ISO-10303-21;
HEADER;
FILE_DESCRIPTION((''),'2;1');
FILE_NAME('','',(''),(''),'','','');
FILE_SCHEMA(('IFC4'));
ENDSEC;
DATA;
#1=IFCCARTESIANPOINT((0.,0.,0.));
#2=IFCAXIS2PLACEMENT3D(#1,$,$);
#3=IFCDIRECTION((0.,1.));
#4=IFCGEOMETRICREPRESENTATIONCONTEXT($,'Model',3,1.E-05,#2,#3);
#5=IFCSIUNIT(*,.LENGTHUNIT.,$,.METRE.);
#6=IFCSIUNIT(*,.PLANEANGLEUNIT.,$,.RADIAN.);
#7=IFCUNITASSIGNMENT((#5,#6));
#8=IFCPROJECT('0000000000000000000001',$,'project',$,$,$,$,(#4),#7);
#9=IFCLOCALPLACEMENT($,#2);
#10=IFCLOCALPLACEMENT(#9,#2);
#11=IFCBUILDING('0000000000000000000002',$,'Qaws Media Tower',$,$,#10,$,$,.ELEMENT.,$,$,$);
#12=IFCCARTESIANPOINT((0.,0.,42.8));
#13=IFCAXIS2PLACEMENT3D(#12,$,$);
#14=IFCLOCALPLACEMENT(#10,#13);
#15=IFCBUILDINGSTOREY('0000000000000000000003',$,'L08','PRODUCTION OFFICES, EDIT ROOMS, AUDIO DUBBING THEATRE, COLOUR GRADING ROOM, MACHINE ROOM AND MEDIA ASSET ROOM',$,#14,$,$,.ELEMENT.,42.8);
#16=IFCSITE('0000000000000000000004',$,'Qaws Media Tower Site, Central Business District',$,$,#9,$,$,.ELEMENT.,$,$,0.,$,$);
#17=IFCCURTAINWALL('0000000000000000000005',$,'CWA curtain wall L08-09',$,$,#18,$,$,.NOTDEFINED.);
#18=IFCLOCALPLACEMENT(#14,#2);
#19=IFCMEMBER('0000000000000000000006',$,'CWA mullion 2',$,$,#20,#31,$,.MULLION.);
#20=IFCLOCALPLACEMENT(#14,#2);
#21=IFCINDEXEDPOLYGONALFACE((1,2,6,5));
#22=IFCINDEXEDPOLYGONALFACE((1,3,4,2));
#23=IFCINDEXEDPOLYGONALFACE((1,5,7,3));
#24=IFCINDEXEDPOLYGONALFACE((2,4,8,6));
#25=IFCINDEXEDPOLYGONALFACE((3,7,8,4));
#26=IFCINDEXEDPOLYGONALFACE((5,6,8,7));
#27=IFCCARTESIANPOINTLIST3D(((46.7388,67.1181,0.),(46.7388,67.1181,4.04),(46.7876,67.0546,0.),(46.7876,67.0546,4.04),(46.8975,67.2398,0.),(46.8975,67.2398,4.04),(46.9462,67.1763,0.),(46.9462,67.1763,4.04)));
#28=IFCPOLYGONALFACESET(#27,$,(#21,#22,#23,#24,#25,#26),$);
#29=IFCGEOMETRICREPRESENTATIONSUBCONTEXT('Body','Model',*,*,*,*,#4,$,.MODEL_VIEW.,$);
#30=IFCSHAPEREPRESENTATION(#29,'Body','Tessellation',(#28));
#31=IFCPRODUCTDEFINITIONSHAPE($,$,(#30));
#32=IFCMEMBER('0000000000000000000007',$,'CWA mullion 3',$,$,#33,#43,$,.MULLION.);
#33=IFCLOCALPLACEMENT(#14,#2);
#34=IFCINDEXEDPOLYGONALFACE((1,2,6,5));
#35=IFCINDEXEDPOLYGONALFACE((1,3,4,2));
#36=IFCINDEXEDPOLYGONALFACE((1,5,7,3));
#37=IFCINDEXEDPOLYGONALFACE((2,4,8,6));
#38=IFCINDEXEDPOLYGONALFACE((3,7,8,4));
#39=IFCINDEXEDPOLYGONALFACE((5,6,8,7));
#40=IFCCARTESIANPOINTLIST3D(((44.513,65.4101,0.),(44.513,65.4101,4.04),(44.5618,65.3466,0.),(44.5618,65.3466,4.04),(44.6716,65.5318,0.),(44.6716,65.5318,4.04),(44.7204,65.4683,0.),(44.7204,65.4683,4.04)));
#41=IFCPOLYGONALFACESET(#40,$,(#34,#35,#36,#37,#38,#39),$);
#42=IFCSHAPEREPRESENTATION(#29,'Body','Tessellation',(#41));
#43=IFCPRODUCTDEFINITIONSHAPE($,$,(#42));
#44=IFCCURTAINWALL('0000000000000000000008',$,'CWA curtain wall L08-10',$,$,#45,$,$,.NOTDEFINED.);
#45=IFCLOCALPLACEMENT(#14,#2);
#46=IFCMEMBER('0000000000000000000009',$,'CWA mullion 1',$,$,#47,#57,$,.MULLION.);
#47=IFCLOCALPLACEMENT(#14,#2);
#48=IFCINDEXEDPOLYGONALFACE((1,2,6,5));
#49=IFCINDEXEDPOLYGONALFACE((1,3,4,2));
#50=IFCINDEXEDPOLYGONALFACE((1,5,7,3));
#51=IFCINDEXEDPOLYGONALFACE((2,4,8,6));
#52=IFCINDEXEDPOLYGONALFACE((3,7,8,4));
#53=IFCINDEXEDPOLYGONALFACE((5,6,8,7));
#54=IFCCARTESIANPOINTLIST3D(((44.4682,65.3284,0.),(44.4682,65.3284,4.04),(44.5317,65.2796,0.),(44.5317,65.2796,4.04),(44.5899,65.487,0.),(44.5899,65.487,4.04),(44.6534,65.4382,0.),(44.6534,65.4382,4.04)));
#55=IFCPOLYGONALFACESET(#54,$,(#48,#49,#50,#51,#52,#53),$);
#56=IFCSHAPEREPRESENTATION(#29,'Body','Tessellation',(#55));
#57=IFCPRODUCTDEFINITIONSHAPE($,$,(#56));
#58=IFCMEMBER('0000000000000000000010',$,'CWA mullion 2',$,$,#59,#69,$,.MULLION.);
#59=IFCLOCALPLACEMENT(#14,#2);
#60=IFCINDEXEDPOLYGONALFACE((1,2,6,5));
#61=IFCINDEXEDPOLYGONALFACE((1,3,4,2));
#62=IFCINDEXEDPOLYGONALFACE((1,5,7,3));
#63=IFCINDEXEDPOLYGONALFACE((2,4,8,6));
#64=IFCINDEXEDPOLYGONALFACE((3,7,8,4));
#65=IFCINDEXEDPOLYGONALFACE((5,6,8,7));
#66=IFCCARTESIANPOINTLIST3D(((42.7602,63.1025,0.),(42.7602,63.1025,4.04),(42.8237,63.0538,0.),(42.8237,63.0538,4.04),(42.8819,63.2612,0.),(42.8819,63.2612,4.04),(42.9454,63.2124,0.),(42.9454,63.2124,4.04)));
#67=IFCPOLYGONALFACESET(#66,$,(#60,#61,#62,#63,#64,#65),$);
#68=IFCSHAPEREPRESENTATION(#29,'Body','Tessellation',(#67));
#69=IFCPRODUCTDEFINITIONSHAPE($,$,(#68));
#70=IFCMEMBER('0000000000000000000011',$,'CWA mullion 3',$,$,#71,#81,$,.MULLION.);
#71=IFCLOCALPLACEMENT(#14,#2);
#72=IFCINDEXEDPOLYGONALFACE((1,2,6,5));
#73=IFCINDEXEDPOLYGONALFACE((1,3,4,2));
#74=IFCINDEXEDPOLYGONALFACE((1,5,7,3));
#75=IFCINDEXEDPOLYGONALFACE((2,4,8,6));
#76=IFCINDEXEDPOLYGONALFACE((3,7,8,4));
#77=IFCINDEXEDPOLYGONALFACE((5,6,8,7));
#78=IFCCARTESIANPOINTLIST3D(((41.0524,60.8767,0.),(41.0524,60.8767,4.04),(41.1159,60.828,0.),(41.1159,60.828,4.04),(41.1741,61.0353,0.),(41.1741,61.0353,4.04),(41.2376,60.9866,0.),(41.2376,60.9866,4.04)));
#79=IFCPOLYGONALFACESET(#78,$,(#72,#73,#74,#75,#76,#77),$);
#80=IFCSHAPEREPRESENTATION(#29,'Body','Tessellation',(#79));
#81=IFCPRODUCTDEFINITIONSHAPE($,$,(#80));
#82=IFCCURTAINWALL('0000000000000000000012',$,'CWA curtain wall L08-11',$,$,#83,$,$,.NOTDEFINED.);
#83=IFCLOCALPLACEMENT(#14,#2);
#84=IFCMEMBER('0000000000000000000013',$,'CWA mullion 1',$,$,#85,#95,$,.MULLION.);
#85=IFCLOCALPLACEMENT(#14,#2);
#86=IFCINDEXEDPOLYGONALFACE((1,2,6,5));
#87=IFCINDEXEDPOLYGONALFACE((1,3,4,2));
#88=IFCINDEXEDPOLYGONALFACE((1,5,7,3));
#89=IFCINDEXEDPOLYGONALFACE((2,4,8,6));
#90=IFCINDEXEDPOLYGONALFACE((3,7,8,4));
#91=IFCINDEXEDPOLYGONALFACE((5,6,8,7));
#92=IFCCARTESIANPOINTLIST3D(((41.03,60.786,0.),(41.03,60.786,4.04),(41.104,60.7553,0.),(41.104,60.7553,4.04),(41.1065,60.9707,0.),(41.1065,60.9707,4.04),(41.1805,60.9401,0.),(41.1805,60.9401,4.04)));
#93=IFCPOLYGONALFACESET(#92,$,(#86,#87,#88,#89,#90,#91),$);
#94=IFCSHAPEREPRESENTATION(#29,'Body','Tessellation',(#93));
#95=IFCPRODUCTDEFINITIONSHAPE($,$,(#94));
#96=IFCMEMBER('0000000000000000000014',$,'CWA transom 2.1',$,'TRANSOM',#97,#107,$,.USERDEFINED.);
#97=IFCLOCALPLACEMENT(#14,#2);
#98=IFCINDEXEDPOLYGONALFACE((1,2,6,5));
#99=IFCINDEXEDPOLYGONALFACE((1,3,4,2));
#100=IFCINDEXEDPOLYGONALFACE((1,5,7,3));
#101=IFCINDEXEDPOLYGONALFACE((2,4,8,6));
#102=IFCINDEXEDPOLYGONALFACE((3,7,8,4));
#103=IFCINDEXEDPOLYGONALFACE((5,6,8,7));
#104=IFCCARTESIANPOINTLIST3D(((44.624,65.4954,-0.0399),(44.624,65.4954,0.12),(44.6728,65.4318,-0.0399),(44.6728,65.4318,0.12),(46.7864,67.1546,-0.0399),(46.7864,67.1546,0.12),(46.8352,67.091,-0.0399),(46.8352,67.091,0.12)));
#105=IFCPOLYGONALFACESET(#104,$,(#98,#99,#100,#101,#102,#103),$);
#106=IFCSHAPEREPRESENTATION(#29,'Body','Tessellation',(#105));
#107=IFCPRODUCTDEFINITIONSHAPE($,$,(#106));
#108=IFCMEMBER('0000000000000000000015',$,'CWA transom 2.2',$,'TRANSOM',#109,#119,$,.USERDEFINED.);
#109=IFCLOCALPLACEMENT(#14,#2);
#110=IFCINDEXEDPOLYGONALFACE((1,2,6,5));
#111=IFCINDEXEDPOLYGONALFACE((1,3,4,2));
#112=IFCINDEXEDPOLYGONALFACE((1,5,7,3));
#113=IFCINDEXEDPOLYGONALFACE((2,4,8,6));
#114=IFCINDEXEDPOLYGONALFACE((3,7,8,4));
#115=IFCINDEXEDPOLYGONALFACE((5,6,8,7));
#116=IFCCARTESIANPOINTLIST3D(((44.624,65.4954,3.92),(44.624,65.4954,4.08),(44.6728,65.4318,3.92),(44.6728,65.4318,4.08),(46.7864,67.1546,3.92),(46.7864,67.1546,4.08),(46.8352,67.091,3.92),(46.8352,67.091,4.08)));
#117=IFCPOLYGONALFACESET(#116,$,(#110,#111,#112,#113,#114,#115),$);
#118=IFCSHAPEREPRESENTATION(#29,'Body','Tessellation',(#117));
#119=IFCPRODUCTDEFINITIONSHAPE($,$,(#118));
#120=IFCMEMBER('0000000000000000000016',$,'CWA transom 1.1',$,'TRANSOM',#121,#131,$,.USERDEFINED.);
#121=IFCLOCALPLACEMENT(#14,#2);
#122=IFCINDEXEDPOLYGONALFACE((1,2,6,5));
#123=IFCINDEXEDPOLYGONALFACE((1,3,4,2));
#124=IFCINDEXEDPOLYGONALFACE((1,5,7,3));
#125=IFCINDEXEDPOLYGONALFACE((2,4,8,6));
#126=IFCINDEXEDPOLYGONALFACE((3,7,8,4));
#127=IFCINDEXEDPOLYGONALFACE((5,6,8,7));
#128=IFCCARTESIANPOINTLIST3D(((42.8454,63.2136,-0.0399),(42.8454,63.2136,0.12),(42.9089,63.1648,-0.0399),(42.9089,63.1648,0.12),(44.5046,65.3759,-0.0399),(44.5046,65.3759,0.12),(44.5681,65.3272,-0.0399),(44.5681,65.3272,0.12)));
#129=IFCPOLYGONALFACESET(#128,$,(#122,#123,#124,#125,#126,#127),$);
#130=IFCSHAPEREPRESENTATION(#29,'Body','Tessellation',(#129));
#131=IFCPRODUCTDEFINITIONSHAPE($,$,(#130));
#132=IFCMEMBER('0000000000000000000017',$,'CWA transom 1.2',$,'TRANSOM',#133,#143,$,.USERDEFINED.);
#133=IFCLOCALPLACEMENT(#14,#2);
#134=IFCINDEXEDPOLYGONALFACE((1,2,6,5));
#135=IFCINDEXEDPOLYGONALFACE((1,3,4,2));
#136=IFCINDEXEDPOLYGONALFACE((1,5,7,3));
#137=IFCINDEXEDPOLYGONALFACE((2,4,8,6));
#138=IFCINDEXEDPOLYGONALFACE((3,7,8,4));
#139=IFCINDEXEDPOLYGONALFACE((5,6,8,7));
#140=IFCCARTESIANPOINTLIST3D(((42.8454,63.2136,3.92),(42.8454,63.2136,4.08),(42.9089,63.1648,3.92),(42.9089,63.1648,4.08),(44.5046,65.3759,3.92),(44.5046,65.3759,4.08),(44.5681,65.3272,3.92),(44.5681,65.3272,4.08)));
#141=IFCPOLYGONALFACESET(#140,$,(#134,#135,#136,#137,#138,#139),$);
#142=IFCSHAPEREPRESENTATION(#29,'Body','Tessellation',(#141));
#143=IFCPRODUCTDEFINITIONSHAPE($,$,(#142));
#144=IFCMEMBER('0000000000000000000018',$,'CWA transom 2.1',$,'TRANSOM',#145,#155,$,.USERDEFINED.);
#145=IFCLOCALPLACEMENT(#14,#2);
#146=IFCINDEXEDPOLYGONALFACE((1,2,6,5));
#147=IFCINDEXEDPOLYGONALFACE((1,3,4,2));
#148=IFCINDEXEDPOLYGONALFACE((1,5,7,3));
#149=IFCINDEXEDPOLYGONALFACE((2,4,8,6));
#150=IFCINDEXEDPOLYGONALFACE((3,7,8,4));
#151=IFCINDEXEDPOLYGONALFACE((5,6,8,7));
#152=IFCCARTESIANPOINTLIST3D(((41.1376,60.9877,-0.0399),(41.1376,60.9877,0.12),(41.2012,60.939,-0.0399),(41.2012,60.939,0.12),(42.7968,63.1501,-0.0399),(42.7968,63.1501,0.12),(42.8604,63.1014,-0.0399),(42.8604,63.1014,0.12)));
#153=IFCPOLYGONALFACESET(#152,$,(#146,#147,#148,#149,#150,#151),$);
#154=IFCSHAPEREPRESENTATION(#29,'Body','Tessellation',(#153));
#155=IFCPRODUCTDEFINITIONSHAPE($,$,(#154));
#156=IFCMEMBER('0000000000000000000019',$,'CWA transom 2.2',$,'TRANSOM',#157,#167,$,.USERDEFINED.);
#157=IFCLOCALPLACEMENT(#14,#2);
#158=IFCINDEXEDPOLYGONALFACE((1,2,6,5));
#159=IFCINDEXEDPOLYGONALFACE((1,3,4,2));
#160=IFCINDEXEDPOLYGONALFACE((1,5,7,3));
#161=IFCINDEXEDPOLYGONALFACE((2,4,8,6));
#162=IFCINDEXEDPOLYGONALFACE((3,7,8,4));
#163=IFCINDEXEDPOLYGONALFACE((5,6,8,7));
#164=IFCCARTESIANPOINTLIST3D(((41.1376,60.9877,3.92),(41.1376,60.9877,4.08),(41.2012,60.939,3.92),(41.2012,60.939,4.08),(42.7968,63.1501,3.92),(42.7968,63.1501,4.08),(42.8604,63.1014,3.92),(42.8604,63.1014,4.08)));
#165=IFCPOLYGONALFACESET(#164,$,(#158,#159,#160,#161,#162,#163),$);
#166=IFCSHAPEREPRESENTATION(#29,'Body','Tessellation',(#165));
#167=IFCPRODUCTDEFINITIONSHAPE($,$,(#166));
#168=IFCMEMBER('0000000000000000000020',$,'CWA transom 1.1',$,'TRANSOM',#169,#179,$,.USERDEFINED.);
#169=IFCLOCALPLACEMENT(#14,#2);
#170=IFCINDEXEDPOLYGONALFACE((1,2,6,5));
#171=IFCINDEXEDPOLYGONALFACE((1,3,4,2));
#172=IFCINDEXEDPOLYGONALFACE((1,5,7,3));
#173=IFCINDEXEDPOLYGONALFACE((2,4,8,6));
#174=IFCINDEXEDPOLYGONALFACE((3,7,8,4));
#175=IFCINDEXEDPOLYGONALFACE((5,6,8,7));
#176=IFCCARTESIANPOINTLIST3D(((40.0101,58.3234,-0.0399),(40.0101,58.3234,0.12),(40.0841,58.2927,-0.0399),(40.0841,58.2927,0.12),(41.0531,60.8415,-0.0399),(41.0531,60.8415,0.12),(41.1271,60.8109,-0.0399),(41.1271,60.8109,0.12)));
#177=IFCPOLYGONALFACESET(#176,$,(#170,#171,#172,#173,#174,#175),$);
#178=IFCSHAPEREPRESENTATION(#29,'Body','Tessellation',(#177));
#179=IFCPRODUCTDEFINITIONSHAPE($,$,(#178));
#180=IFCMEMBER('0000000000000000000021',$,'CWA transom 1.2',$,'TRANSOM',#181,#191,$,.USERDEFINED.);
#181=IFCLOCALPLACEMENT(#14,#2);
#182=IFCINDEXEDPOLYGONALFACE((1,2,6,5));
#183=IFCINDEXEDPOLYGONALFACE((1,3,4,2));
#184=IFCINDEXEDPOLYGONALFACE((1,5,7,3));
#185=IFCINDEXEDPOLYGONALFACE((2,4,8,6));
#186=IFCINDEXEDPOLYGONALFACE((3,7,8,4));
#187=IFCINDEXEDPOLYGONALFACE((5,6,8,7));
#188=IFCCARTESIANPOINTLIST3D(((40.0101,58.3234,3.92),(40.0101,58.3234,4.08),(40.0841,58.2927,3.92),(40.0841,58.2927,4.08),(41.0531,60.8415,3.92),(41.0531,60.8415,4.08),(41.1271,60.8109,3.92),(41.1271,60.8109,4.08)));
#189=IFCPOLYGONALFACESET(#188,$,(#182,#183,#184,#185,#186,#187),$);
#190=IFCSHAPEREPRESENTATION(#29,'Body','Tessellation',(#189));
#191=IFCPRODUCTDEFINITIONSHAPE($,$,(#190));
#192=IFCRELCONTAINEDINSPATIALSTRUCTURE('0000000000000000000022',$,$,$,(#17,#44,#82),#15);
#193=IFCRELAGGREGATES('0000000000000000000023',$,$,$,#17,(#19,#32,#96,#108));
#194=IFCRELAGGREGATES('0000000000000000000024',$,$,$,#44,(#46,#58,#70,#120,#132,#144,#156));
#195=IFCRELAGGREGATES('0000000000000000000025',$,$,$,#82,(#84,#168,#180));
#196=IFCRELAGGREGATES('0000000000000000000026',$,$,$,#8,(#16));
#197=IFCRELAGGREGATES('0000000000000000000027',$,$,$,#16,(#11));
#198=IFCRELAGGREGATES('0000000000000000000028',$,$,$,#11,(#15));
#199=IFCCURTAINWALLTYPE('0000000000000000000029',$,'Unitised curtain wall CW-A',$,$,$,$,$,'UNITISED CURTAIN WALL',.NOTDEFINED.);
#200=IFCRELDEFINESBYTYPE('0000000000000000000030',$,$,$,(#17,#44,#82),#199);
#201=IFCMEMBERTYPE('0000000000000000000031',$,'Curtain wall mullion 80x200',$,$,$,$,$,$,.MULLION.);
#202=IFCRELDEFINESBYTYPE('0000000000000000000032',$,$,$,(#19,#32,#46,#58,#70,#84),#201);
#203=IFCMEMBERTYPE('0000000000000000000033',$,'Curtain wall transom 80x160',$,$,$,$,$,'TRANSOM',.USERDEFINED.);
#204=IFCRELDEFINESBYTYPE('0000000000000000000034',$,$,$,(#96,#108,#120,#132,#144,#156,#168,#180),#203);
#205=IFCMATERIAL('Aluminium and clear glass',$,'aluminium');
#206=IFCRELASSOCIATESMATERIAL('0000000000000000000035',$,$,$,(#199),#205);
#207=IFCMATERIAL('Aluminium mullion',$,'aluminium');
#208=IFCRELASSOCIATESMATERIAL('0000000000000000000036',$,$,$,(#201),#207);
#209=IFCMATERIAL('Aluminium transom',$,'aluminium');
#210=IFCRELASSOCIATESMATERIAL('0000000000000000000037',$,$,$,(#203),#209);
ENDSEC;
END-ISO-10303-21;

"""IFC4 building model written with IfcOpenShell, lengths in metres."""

from ifc_helpers import new_model, si_unit, direction, frame, origin, origin_2d, place, context, subcontext, project, spatial, rectangle, extrude, material, material_profile, profile_set, type_object, element, aggregate, save


model = new_model("IFC4")

# Units and contexts
model_context = context("Model", 3, precision=1e-05, world=origin(), true_north=direction((0.0, 1.0)))
body_context = subcontext(model_context, "Body", "Model", "MODEL_VIEW")
ifc_project = project(units=[si_unit("LENGTHUNIT", "METRE"), si_unit("PLANEANGLEUNIT", "RADIAN")], contexts=[model_context])

# Site, building, storey
site_placement = place(None, origin())
site = spatial("IfcSite", under=ifc_project, at=site_placement, Name="Qaws Media Tower Site, Central Business District", CompositionType="ELEMENT", RefElevation=0.0)
building_placement = place(site_placement, origin())
building = spatial("IfcBuilding", under=site, at=building_placement, Name="Qaws Media Tower", CompositionType="ELEMENT")
storey_placement = place(building_placement, frame((0.0, 0.0, 42.8)))
storey = spatial("IfcBuildingStorey", under=building, at=storey_placement, Name="L08", Description="PRODUCTION OFFICES, EDIT ROOMS, AUDIO DUBBING THEATRE, COLOUR GRADING ROOM, MACHINE ROOM AND MEDIA ASSET ROOM", CompositionType="ELEMENT", Elevation=42.8)

# Curtain walls, members
ifc_material_1 = material(Name="Aluminium and clear glass", Category="aluminium")
curtain_wall_type = type_object("IfcCurtainWallType", Name="Unitised curtain wall CW-A", ElementType="UNITISED CURTAIN WALL", PredefinedType="NOTDEFINED", material=ifc_material_1)
curtain_wall_1_placement = place(storey_placement, origin())
curtain_wall_1 = element("IfcCurtainWall", 1, at=curtain_wall_1_placement, inside=storey, type_object=curtain_wall_type, Name="CWA curtain wall L08-09", PredefinedType="NOTDEFINED")
ifc_material_2 = material(Name="Aluminium mullion", Category="aluminium")
ifc_material_profile_1 = material_profile(ifc_material_2, rectangle(XDim=0.0801, YDim=0.2, at=origin_2d()), Name="80x200")
ifc_profile_set_1 = profile_set([ifc_material_profile_1], Name="Aluminium mullion")
member_type_1 = type_object("IfcMemberType", Name="Curtain wall mullion 80x200", PredefinedType="MULLION", material=ifc_profile_set_1)
member_1_placement = place(storey_placement, frame((46.8425, 67.1472, 0.0), z_axis=(0.0, 0.0, 1.0), x_axis=(0.608761, -0.793353, 0.0)))
member_1 = element("IfcMember", 2, at=member_1_placement, type_object=member_type_1, Name="CWA mullion 2", PredefinedType="MULLION", context=body_context, shape_type="SweptSolid", body=[
    extrude(rectangle(XDim=0.0801, YDim=0.2, at=origin_2d()), origin(), (0.0, 0.0, 1.0), 4.04),
])
member_2_placement = place(storey_placement, frame((44.6167, 65.4392, 0.0), z_axis=(0.0, 0.0, 1.0), x_axis=(0.608761, -0.793353, 0.0)))
member_2 = element("IfcMember", 3, at=member_2_placement, type_object=member_type_1, Name="CWA mullion 3", PredefinedType="MULLION", context=body_context, shape_type="SweptSolid", body=[
    extrude(rectangle(XDim=0.0801, YDim=0.2, at=origin_2d()), origin(), (0.0, 0.0, 1.0), 4.04),
])
curtain_wall_2_placement = place(storey_placement, origin())
curtain_wall_2 = element("IfcCurtainWall", 4, at=curtain_wall_2_placement, inside=storey, type_object=curtain_wall_type, Name="CWA curtain wall L08-10", PredefinedType="NOTDEFINED")
member_3_placement = place(storey_placement, frame((44.5608, 65.3833, 0.0), z_axis=(0.0, 0.0, 1.0), x_axis=(0.793353, -0.608761, 0.0)))
member_3 = element("IfcMember", 5, at=member_3_placement, type_object=member_type_1, Name="CWA mullion 1", PredefinedType="MULLION", context=body_context, shape_type="SweptSolid", body=[
    extrude(rectangle(XDim=0.0801, YDim=0.2, at=origin_2d()), origin(), (0.0, 0.0, 1.0), 4.04),
])
member_4_placement = place(storey_placement, frame((42.8528, 63.1575, 0.0), z_axis=(0.0, 0.0, 1.0), x_axis=(0.793353, -0.608761, 0.0)))
member_4 = element("IfcMember", 6, at=member_4_placement, type_object=member_type_1, Name="CWA mullion 2", PredefinedType="MULLION", context=body_context, shape_type="SweptSolid", body=[
    extrude(rectangle(XDim=0.0801, YDim=0.2, at=origin_2d()), origin(), (0.0, 0.0, 1.0), 4.04),
])
member_5_placement = place(storey_placement, frame((41.145, 60.9316, 0.0), z_axis=(0.0, 0.0, 1.0), x_axis=(0.793353, -0.608761, 0.0)))
member_5 = element("IfcMember", 7, at=member_5_placement, type_object=member_type_1, Name="CWA mullion 3", PredefinedType="MULLION", context=body_context, shape_type="SweptSolid", body=[
    extrude(rectangle(XDim=0.0801, YDim=0.2, at=origin_2d()), origin(), (0.0, 0.0, 1.0), 4.04),
])

# Curtain wall, member
curtain_wall_3_placement = place(storey_placement, origin())
curtain_wall_3 = element("IfcCurtainWall", 8, at=curtain_wall_3_placement, inside=storey, type_object=curtain_wall_type, Name="CWA curtain wall L08-11", PredefinedType="NOTDEFINED")
member_6_placement = place(storey_placement, frame((41.1052, 60.863, 0.0), z_axis=(0.0, 0.0, 1.0), x_axis=(0.92388, -0.382683, 0.0)))
member_6 = element("IfcMember", 9, at=member_6_placement, type_object=member_type_1, Name="CWA mullion 1", PredefinedType="MULLION", context=body_context, shape_type="SweptSolid", body=[
    extrude(rectangle(XDim=0.0801, YDim=0.2, at=origin_2d()), origin(), (0.0, 0.0, 1.0), 4.04),
])

# Members
ifc_material_3 = material(Name="Aluminium transom", Category="aluminium")
ifc_material_profile_2 = material_profile(ifc_material_3, rectangle(XDim=0.0801, YDim=0.1599, at=origin_2d()), Name="80x160")
ifc_profile_set_2 = profile_set([ifc_material_profile_2], Name="Aluminium transom")
member_type_2 = type_object("IfcMemberType", Name="Curtain wall transom 80x160", ElementType="TRANSOM", PredefinedType="USERDEFINED", material=ifc_profile_set_2)
member_7_placement = place(storey_placement, frame((46.8108, 67.1228, 0.04), z_axis=(-0.793363, -0.608749, 0.0), x_axis=(0.608749, -0.793363, 0.0)))
member_7 = element("IfcMember", 10, at=member_7_placement, type_object=member_type_2, Name="CWA transom 2.1", ObjectType="TRANSOM", PredefinedType="USERDEFINED", context=body_context, shape_type="SweptSolid", body=[
    extrude(rectangle(XDim=0.0801, YDim=0.1599, at=origin_2d()), origin(), (0.0, 0.0, 1.0), 2.7256),
])
member_8_placement = place(storey_placement, frame((46.8108, 67.1228, 4.0), z_axis=(-0.793363, -0.608749, 0.0), x_axis=(0.608749, -0.793363, 0.0)))
member_8 = element("IfcMember", 11, at=member_8_placement, type_object=member_type_2, Name="CWA transom 2.2", ObjectType="TRANSOM", PredefinedType="USERDEFINED", context=body_context, shape_type="SweptSolid", body=[
    extrude(rectangle(XDim=0.0801, YDim=0.1599, at=origin_2d()), origin(), (0.0, 0.0, 1.0), 2.7256),
])
member_9_placement = place(storey_placement, frame((44.5364, 65.3516, 0.04), z_axis=(-0.608749, -0.793363, 0.0), x_axis=(0.793363, -0.608749, 0.0)))
member_9 = element("IfcMember", 12, at=member_9_placement, type_object=member_type_2, Name="CWA transom 1.1", ObjectType="TRANSOM", PredefinedType="USERDEFINED", context=body_context, shape_type="SweptSolid", body=[
    extrude(rectangle(XDim=0.0801, YDim=0.1599, at=origin_2d()), origin(), (0.0, 0.0, 1.0), 2.7256),
])
member_10_placement = place(storey_placement, frame((44.5364, 65.3516, 4.0), z_axis=(-0.608749, -0.793363, 0.0), x_axis=(0.793363, -0.608749, 0.0)))
member_10 = element("IfcMember", 13, at=member_10_placement, type_object=member_type_2, Name="CWA transom 1.2", ObjectType="TRANSOM", PredefinedType="USERDEFINED", context=body_context, shape_type="SweptSolid", body=[
    extrude(rectangle(XDim=0.0801, YDim=0.1599, at=origin_2d()), origin(), (0.0, 0.0, 1.0), 2.7256),
])
member_11_placement = place(storey_placement, frame((42.8286, 63.1257, 0.04), z_axis=(-0.608749, -0.793363, 0.0), x_axis=(0.793363, -0.608749, 0.0)))
member_11 = element("IfcMember", 14, at=member_11_placement, type_object=member_type_2, Name="CWA transom 2.1", ObjectType="TRANSOM", PredefinedType="USERDEFINED", context=body_context, shape_type="SweptSolid", body=[
    extrude(rectangle(XDim=0.0801, YDim=0.1599, at=origin_2d()), origin(), (0.0, 0.0, 1.0), 2.7256),
])
member_12_placement = place(storey_placement, frame((42.8286, 63.1257, 4.0), z_axis=(-0.608749, -0.793363, 0.0), x_axis=(0.793363, -0.608749, 0.0)))
member_12 = element("IfcMember", 15, at=member_12_placement, type_object=member_type_2, Name="CWA transom 2.2", ObjectType="TRANSOM", PredefinedType="USERDEFINED", context=body_context, shape_type="SweptSolid", body=[
    extrude(rectangle(XDim=0.0801, YDim=0.1599, at=origin_2d()), origin(), (0.0, 0.0, 1.0), 2.7256),
])
member_13_placement = place(storey_placement, frame((41.0901, 60.8262, 0.04), z_axis=(-0.382668, -0.923886, 0.0), x_axis=(0.923886, -0.382668, 0.0)))
member_13 = element("IfcMember", 16, at=member_13_placement, type_object=member_type_2, Name="CWA transom 1.1", ObjectType="TRANSOM", PredefinedType="USERDEFINED", context=body_context, shape_type="SweptSolid", body=[
    extrude(rectangle(XDim=0.0801, YDim=0.1599, at=origin_2d()), origin(), (0.0, 0.0, 1.0), 2.7256),
])
member_14_placement = place(storey_placement, frame((41.0901, 60.8262, 4.0), z_axis=(-0.382668, -0.923886, 0.0), x_axis=(0.923886, -0.382668, 0.0)))
member_14 = element("IfcMember", 17, at=member_14_placement, type_object=member_type_2, Name="CWA transom 1.2", ObjectType="TRANSOM", PredefinedType="USERDEFINED", context=body_context, shape_type="SweptSolid", body=[
    extrude(rectangle(XDim=0.0801, YDim=0.1599, at=origin_2d()), origin(), (0.0, 0.0, 1.0), 2.7256),
])

aggregate(curtain_wall_1, [member_1, member_2, member_7, member_8])
aggregate(curtain_wall_2, [member_3, member_4, member_5, member_9, member_10, member_11, member_12])
aggregate(curtain_wall_3, [member_6, member_13, member_14])

save(model, "model.ifc")
